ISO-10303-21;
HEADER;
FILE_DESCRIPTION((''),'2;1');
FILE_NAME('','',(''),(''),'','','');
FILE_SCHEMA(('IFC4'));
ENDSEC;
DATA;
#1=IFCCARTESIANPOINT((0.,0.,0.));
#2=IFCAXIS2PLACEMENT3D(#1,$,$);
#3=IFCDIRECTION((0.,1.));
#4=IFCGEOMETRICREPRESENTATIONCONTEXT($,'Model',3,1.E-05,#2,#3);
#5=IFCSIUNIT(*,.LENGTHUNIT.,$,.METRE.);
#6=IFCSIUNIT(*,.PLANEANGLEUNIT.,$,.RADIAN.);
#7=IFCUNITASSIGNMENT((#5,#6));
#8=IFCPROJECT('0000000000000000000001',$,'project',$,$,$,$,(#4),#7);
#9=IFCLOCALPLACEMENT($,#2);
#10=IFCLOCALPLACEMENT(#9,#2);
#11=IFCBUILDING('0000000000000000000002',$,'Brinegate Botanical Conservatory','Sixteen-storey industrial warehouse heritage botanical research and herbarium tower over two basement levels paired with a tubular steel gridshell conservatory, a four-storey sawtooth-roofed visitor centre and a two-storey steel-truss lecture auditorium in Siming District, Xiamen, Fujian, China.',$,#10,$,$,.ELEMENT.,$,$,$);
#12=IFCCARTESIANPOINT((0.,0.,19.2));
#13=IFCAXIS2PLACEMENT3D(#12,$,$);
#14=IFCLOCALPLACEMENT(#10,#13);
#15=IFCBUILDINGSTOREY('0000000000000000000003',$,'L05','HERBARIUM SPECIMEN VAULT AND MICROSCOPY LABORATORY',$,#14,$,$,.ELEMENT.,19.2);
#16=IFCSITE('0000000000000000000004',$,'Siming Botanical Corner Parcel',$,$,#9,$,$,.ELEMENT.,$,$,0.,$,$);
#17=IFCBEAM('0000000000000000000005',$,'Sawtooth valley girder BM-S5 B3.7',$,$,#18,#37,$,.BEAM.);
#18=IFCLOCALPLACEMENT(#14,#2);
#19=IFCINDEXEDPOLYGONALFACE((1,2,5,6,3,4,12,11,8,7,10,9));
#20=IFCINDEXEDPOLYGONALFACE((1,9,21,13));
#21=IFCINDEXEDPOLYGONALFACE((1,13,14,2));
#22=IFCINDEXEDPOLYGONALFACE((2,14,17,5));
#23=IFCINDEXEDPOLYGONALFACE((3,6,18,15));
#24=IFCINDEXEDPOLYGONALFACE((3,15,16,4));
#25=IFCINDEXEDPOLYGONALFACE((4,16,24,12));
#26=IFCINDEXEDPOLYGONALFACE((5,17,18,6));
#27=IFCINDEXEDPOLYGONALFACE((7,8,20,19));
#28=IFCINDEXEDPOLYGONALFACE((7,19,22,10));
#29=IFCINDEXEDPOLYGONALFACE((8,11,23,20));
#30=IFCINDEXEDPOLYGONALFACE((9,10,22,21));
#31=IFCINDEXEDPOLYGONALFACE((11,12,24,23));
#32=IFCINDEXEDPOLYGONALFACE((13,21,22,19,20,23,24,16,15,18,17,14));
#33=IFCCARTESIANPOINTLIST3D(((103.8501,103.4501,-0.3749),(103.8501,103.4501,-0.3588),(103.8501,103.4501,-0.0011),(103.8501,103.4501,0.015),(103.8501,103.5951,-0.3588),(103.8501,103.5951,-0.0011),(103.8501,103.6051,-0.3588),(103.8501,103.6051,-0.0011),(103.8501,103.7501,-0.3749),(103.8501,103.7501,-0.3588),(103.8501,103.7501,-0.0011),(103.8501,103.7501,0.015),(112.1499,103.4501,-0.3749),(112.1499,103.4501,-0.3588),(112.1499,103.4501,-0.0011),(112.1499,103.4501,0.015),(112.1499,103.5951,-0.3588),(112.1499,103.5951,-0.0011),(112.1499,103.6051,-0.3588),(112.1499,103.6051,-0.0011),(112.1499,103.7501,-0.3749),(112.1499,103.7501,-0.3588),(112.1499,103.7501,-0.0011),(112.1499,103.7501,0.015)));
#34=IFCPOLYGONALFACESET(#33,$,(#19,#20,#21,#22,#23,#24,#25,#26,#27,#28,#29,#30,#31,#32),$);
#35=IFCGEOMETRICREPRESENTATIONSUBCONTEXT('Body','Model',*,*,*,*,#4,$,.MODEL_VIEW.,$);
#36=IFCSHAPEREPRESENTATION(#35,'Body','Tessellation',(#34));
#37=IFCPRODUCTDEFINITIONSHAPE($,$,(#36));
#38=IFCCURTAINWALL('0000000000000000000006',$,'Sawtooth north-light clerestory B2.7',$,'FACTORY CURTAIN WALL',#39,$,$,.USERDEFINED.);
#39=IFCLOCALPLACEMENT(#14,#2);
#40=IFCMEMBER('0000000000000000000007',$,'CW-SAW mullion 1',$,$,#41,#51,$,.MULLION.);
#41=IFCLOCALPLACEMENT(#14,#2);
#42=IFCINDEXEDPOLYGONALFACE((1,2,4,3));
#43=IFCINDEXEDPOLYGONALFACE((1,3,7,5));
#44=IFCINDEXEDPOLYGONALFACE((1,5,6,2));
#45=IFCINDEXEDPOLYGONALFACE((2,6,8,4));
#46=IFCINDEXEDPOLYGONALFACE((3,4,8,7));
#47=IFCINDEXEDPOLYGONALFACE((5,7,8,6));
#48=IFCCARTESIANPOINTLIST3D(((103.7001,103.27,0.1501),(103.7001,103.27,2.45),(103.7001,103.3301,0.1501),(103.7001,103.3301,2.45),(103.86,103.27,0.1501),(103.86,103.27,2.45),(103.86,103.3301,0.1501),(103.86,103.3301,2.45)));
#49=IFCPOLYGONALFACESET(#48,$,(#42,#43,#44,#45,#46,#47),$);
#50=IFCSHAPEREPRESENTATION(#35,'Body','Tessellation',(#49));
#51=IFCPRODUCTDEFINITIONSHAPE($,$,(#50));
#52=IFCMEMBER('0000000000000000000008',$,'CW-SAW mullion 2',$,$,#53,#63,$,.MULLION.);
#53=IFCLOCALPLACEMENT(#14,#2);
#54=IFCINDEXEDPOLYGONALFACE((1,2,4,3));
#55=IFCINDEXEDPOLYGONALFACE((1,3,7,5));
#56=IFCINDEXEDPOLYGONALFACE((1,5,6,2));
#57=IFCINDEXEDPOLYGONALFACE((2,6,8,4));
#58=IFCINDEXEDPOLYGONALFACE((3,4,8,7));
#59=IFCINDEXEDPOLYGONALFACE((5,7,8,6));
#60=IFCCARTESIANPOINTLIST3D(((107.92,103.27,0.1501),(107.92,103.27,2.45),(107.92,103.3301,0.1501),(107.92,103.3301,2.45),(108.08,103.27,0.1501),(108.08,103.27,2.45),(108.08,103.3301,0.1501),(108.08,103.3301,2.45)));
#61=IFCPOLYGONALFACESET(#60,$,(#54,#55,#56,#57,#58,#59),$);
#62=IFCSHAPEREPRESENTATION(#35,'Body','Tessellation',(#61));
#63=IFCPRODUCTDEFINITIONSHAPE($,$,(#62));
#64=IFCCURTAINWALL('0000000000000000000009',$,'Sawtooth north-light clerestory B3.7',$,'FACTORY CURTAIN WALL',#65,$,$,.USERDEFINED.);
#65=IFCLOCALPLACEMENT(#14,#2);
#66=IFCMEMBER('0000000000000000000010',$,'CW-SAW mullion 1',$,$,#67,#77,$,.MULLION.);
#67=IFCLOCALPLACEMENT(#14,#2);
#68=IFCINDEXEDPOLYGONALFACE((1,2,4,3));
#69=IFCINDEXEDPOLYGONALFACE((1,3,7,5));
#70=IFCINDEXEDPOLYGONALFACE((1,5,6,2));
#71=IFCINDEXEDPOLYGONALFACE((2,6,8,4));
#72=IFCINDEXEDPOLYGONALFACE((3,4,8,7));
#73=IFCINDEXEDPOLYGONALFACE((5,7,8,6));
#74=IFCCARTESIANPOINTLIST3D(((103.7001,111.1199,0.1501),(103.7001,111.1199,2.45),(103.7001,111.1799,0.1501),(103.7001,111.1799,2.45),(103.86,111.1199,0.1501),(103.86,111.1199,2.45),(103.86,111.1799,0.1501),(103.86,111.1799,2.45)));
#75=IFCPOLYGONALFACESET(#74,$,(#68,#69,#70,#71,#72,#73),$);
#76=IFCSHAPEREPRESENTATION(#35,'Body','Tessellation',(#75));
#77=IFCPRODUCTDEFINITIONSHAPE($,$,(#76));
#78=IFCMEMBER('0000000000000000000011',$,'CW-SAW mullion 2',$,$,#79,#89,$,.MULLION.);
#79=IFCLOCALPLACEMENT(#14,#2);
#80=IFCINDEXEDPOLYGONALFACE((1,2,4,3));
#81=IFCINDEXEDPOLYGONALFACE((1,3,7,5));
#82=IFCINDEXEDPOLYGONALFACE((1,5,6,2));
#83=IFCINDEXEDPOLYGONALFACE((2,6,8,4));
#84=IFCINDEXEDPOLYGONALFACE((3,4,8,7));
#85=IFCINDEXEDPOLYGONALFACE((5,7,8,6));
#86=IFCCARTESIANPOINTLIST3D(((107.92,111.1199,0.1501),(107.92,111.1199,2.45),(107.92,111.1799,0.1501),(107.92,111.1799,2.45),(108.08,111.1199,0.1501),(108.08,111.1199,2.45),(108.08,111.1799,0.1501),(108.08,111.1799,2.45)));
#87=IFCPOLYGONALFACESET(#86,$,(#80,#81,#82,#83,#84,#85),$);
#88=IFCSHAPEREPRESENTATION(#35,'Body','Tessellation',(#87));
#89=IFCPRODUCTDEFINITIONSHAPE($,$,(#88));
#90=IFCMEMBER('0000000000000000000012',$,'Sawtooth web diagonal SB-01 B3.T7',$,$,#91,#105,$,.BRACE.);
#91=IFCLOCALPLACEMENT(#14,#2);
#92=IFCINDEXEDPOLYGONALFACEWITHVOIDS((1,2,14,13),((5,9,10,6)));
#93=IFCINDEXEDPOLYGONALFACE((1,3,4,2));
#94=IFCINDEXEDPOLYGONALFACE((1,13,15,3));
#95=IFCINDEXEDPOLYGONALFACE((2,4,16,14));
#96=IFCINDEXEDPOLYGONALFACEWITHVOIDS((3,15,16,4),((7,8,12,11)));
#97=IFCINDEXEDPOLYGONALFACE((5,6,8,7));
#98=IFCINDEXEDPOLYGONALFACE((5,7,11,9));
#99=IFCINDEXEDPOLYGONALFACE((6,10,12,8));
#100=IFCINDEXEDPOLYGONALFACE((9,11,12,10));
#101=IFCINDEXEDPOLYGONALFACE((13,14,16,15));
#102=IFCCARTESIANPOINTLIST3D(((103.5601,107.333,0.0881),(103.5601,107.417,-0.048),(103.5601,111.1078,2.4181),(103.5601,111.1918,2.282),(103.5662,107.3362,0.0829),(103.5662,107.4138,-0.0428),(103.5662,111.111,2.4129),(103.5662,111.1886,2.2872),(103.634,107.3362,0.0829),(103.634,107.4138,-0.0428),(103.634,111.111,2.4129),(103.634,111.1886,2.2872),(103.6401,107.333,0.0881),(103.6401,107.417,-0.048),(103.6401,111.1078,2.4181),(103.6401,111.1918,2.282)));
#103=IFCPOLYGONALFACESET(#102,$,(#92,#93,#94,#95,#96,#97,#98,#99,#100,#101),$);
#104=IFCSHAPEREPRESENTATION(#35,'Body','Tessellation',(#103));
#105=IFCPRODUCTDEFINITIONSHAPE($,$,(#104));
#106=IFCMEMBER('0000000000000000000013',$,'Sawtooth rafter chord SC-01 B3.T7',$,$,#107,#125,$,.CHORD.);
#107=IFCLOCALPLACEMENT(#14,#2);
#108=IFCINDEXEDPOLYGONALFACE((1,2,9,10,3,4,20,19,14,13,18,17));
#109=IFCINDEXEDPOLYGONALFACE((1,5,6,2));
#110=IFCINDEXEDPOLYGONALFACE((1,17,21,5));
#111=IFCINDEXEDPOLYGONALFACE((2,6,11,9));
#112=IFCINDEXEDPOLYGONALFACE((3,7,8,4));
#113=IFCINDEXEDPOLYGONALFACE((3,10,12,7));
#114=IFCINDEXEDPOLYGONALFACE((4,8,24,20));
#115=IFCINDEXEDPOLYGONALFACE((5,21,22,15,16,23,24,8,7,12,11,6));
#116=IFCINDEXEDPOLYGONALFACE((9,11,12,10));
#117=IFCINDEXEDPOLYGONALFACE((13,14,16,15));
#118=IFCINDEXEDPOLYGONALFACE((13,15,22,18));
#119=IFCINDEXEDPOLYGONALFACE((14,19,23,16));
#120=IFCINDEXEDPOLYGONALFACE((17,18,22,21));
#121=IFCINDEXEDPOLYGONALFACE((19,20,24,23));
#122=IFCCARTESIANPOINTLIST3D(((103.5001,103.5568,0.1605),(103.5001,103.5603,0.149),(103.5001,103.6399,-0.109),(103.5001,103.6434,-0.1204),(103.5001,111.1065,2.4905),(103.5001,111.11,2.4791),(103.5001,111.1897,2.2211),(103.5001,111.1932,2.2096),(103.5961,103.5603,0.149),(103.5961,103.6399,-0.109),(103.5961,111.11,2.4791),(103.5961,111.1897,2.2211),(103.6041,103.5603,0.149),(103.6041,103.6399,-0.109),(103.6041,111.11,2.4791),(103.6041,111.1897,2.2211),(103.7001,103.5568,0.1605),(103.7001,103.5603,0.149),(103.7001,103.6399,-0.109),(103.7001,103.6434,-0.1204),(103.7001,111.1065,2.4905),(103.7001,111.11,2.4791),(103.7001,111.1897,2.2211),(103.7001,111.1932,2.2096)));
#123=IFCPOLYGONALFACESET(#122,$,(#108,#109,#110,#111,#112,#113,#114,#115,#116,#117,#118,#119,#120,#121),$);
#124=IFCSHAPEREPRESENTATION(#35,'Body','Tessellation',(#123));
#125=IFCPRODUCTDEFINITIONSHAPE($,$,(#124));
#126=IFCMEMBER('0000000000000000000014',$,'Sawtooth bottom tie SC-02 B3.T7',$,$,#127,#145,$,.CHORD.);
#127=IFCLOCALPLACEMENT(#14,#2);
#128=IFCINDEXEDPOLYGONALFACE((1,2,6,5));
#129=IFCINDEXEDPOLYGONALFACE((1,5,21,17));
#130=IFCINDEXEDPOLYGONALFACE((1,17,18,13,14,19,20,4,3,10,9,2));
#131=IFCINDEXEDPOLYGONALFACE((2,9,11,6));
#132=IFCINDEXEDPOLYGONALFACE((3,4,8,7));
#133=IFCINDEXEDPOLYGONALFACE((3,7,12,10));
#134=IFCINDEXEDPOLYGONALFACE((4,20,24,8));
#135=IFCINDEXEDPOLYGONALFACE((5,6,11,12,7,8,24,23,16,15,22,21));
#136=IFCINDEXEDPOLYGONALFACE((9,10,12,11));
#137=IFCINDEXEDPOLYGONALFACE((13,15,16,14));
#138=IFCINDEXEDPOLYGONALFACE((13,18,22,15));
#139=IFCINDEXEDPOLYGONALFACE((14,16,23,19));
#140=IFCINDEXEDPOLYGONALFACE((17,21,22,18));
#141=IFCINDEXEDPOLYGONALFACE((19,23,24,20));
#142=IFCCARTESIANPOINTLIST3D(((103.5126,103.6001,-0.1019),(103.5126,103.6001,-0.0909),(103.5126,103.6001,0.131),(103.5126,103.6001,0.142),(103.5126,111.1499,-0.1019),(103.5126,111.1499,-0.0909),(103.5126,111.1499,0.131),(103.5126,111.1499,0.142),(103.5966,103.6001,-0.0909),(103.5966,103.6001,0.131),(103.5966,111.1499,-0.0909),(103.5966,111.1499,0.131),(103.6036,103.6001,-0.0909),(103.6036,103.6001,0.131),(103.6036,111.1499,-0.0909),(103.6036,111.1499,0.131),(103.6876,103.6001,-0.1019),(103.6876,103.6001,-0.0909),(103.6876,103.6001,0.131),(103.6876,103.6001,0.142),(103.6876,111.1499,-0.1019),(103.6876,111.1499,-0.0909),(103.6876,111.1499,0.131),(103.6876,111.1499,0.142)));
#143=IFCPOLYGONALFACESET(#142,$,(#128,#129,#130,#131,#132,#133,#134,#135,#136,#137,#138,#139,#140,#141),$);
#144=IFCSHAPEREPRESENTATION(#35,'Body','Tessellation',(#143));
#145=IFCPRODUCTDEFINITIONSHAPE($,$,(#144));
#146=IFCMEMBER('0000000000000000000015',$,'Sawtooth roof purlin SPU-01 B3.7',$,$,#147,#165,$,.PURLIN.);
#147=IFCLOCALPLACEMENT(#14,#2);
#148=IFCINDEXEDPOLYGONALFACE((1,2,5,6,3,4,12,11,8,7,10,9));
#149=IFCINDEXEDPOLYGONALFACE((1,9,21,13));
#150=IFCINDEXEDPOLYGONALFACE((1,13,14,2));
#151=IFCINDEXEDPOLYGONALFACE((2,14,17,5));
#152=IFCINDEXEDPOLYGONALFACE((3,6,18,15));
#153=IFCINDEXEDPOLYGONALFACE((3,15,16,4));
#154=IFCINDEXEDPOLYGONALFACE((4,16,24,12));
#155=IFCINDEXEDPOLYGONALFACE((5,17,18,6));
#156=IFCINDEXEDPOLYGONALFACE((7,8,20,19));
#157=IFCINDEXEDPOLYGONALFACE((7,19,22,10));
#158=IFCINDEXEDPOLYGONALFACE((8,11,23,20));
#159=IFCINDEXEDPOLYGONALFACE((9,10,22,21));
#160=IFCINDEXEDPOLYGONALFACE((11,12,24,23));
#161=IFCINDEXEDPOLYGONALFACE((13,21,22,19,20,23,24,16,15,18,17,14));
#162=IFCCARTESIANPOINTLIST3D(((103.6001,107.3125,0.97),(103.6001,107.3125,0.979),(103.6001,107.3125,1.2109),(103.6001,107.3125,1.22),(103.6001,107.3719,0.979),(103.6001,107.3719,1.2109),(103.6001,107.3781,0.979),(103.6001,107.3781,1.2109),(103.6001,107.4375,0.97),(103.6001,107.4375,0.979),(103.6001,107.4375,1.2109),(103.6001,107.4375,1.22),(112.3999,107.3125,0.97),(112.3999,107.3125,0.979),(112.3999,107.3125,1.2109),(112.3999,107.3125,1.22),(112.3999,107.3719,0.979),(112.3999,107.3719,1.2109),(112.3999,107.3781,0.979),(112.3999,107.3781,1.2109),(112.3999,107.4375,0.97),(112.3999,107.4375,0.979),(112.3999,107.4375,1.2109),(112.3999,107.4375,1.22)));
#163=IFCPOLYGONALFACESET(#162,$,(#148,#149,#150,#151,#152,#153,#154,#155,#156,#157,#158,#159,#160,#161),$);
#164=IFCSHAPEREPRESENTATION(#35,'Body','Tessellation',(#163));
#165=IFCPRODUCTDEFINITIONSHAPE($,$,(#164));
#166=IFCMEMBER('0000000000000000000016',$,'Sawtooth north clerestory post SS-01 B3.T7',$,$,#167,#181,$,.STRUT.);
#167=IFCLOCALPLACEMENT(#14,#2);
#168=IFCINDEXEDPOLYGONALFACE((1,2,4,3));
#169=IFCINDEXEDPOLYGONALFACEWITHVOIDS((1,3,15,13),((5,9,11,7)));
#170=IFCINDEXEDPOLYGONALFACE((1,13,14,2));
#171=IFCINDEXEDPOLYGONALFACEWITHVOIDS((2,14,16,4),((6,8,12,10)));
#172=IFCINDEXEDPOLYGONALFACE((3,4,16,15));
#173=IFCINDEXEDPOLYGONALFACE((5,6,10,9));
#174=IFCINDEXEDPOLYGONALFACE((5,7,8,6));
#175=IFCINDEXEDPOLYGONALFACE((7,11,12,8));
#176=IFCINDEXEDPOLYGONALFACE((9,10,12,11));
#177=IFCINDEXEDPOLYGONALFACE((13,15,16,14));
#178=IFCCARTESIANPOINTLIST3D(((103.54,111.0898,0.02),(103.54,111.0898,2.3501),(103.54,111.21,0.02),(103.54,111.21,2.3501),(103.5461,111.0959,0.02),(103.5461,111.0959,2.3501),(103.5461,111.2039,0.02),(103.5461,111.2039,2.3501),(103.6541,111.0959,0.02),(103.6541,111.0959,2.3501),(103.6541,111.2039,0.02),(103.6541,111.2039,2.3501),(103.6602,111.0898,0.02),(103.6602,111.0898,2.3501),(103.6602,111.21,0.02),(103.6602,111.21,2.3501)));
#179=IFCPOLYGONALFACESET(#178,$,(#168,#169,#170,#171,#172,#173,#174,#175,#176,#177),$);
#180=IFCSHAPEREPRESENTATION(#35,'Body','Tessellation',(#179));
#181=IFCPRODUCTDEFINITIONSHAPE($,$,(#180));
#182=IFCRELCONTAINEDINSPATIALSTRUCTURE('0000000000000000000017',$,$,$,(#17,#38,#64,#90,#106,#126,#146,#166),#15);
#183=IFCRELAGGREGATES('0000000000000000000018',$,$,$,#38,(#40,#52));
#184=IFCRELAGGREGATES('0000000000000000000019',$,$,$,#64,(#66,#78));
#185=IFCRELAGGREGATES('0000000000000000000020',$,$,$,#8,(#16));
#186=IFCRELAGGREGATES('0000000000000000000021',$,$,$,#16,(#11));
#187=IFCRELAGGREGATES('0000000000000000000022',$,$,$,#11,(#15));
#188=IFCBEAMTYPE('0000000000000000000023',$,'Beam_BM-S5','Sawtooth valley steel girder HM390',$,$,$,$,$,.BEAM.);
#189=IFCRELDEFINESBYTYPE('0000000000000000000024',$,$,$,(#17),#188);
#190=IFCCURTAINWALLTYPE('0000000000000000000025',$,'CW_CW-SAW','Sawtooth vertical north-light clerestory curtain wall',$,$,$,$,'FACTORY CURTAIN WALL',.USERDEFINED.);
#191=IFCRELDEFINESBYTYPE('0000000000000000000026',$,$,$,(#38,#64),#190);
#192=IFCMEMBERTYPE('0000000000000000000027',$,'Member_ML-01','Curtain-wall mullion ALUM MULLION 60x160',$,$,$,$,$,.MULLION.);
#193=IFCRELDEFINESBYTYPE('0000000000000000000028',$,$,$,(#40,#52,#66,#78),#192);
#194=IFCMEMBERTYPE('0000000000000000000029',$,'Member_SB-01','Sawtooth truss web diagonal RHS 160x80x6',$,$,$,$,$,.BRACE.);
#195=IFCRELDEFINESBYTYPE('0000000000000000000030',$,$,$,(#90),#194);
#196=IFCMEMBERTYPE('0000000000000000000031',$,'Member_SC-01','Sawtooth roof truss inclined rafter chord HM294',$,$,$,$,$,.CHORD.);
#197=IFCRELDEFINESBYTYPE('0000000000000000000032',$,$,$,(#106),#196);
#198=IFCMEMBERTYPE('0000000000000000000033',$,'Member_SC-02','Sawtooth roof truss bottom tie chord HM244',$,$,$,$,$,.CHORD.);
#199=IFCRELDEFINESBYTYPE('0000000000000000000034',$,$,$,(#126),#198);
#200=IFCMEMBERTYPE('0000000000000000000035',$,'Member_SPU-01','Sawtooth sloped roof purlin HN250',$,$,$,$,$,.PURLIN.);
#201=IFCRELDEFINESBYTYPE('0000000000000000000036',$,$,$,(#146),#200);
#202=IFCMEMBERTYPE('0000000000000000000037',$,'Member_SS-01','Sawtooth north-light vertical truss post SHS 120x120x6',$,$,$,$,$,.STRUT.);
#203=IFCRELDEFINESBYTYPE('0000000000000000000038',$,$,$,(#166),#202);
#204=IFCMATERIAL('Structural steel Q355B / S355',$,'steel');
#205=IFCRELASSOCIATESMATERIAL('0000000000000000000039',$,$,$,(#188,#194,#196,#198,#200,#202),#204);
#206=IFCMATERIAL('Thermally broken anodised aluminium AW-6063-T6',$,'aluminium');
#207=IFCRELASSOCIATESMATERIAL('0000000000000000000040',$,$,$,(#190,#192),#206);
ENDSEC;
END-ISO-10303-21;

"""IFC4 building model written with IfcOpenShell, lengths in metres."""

from ifc_helpers import new_model, si_unit, direction, frame, origin, origin_2d, place, context, subcontext, project, spatial, rectangle, hollow_rectangle, i_section, extrude, material, material_profile, profile_set, type_object, element, aggregate, save


model = new_model("IFC4")

# Units and contexts
model_context = context("Model", 3, precision=1e-05, world=origin(), true_north=direction((0.0, 1.0)))
body_context = subcontext(model_context, "Body", "Model", "MODEL_VIEW")
ifc_project = project(units=[si_unit("LENGTHUNIT", "METRE"), si_unit("PLANEANGLEUNIT", "RADIAN")], contexts=[model_context])

# Site, building, storey
site_placement = place(None, origin())
site = spatial("IfcSite", under=ifc_project, at=site_placement, Name="Siming Botanical Corner Parcel", CompositionType="ELEMENT", RefElevation=0.0)
building_placement = place(site_placement, origin())
building = spatial("IfcBuilding", under=site, at=building_placement, Name="Brinegate Botanical Conservatory", Description="Sixteen-storey industrial warehouse heritage botanical research and herbarium tower over two basement levels paired with a tubular steel gridshell conservatory, a four-storey sawtooth-roofed visitor centre and a two-storey steel-truss lecture auditorium in Siming District, Xiamen, Fujian, China.", CompositionType="ELEMENT")
storey_placement = place(building_placement, frame((0.0, 0.0, 19.2)))
storey = spatial("IfcBuildingStorey", under=building, at=storey_placement, Name="L05", Description="HERBARIUM SPECIMEN VAULT AND MICROSCOPY LABORATORY", CompositionType="ELEMENT", Elevation=19.2)

# Beam
ifc_material_1 = material(Name="Structural steel Q355B / S355", Category="steel")
ifc_material_profile_1 = material_profile(ifc_material_1, i_section(OverallWidth=0.3, OverallDepth=0.3899, WebThickness=0.01, FlangeThickness=0.0161, at=origin_2d()), Name="HM 390x300x10x16")
ifc_profile_set_1 = profile_set([ifc_material_profile_1], Name="Structural steel Q355B / S355")
beam_type = type_object("IfcBeamType", Name="Beam_BM-S5", Description="Sawtooth valley steel girder HM390", PredefinedType="BEAM", material=ifc_profile_set_1)
beam_placement = place(storey_placement, frame((103.8501, 103.6001, -0.1799), z_axis=(1.0, 0.0, 0.0), x_axis=(0.0, 1.0, 0.0)))
element("IfcBeam", 1, at=beam_placement, inside=storey, type_object=beam_type, Name="Sawtooth valley girder BM-S5 B3.7", PredefinedType="BEAM", context=body_context, shape_type="SweptSolid", body=[
    extrude(i_section(OverallWidth=0.3, OverallDepth=0.3899, WebThickness=0.01, FlangeThickness=0.0161, at=origin_2d()), origin(), (0.0, 0.0, 1.0), 8.2998),
])

# Curtain walls, members
ifc_material_2 = material(Name="Thermally broken anodised aluminium AW-6063-T6", Category="aluminium")
curtain_wall_type = type_object("IfcCurtainWallType", Name="CW_CW-SAW", Description="Sawtooth vertical north-light clerestory curtain wall", ElementType="FACTORY CURTAIN WALL", PredefinedType="USERDEFINED", material=ifc_material_2)
curtain_wall_1_placement = place(storey_placement, origin())
curtain_wall_1 = element("IfcCurtainWall", 2, at=curtain_wall_1_placement, inside=storey, type_object=curtain_wall_type, Name="Sawtooth north-light clerestory B2.7", ObjectType="FACTORY CURTAIN WALL", PredefinedType="USERDEFINED")
ifc_material_profile_2 = material_profile(ifc_material_2, rectangle(XDim=0.0601, YDim=0.1599, at=origin_2d()), Name="ALUM MULLION 60x160")
ifc_profile_set_2 = profile_set([ifc_material_profile_2], Name="Thermally broken anodised aluminium AW-6063-T6")
member_type_1 = type_object("IfcMemberType", Name="Member_ML-01", Description="Curtain-wall mullion ALUM MULLION 60x160", PredefinedType="MULLION", material=ifc_profile_set_2)
member_1_placement = place(storey_placement, frame((103.78, 103.3, 0.1501), z_axis=(0.0, 0.0, 1.0), x_axis=(0.0, 1.0, 0.0)))
member_1 = element("IfcMember", 3, at=member_1_placement, type_object=member_type_1, Name="CW-SAW mullion 1", PredefinedType="MULLION", context=body_context, shape_type="SweptSolid", body=[
    extrude(rectangle(XDim=0.0601, YDim=0.1599, at=origin_2d()), origin(), (0.0, 0.0, 1.0), 2.2998),
])
member_2_placement = place(storey_placement, frame((108.0, 103.3, 0.1501), z_axis=(0.0, 0.0, 1.0), x_axis=(0.0, 1.0, 0.0)))
member_2 = element("IfcMember", 4, at=member_2_placement, type_object=member_type_1, Name="CW-SAW mullion 2", PredefinedType="MULLION", context=body_context, shape_type="SweptSolid", body=[
    extrude(rectangle(XDim=0.0601, YDim=0.1599, at=origin_2d()), origin(), (0.0, 0.0, 1.0), 2.2998),
])
curtain_wall_2_placement = place(storey_placement, origin())
curtain_wall_2 = element("IfcCurtainWall", 5, at=curtain_wall_2_placement, inside=storey, type_object=curtain_wall_type, Name="Sawtooth north-light clerestory B3.7", ObjectType="FACTORY CURTAIN WALL", PredefinedType="USERDEFINED")
member_3_placement = place(storey_placement, frame((103.78, 111.1499, 0.1501), z_axis=(0.0, 0.0, 1.0), x_axis=(0.0, 1.0, 0.0)))
member_3 = element("IfcMember", 6, at=member_3_placement, type_object=member_type_1, Name="CW-SAW mullion 1", PredefinedType="MULLION", context=body_context, shape_type="SweptSolid", body=[
    extrude(rectangle(XDim=0.0601, YDim=0.1599, at=origin_2d()), origin(), (0.0, 0.0, 1.0), 2.2998),
])
member_4_placement = place(storey_placement, frame((108.0, 111.1499, 0.1501), z_axis=(0.0, 0.0, 1.0), x_axis=(0.0, 1.0, 0.0)))
member_4 = element("IfcMember", 7, at=member_4_placement, type_object=member_type_1, Name="CW-SAW mullion 2", PredefinedType="MULLION", context=body_context, shape_type="SweptSolid", body=[
    extrude(rectangle(XDim=0.0601, YDim=0.1599, at=origin_2d()), origin(), (0.0, 0.0, 1.0), 2.2998),
])

# Members
ifc_material_profile_3 = material_profile(ifc_material_1, hollow_rectangle(XDim=0.0801, YDim=0.1599, WallThickness=0.0061, at=origin_2d()), Name="RHS 160x80x6")
ifc_profile_set_3 = profile_set([ifc_material_profile_3], Name="Structural steel Q355B / S355")
member_type_2 = type_object("IfcMemberType", Name="Member_SB-01", Description="Sawtooth truss web diagonal RHS 160x80x6", PredefinedType="BRACE", material=ifc_profile_set_3)
member_5_placement = place(storey_placement, frame((103.6001, 107.375, 0.02), z_axis=(0.0, 0.850947, 0.525251), x_axis=(-1.0, 0.0, 0.0)))
element("IfcMember", 8, at=member_5_placement, inside=storey, type_object=member_type_2, Name="Sawtooth web diagonal SB-01 B3.T7", PredefinedType="BRACE", context=body_context, shape_type="SweptSolid", body=[
    extrude(hollow_rectangle(XDim=0.0801, YDim=0.1599, WallThickness=0.0061, at=origin_2d()), origin(), (0.0, 0.0, 1.0), 4.436),
])
ifc_material_profile_4 = material_profile(ifc_material_1, i_section(OverallWidth=0.2, OverallDepth=0.2939, WebThickness=0.0081, FlangeThickness=0.012, at=origin_2d()), Name="HM 294x200x8x12")
ifc_profile_set_4 = profile_set([ifc_material_profile_4], Name="Structural steel Q355B / S355")
member_type_3 = type_object("IfcMemberType", Name="Member_SC-01", Description="Sawtooth roof truss inclined rafter chord HM294", PredefinedType="CHORD", material=ifc_profile_set_4)
member_6_placement = place(storey_placement, frame((103.6001, 103.6001, 0.02), z_axis=(0.0, 0.955527, 0.294902), x_axis=(-1.0, 0.0, 0.0)))
element("IfcMember", 9, at=member_6_placement, inside=storey, type_object=member_type_3, Name="Sawtooth rafter chord SC-01 B3.T7", PredefinedType="CHORD", context=body_context, shape_type="SweptSolid", body=[
    extrude(i_section(OverallWidth=0.2, OverallDepth=0.2939, WebThickness=0.0081, FlangeThickness=0.012, at=origin_2d()), origin(), (0.0, 0.0, 1.0), 7.9011),
])
ifc_material_profile_5 = material_profile(ifc_material_1, i_section(OverallWidth=0.175, OverallDepth=0.2439, WebThickness=0.0071, FlangeThickness=0.011, at=origin_2d()), Name="HM 244x175x7x11")
ifc_profile_set_5 = profile_set([ifc_material_profile_5], Name="Structural steel Q355B / S355")
member_type_4 = type_object("IfcMemberType", Name="Member_SC-02", Description="Sawtooth roof truss bottom tie chord HM244", PredefinedType="CHORD", material=ifc_profile_set_5)
member_7_placement = place(storey_placement, frame((103.6001, 103.6001, 0.02), z_axis=(0.0, 1.0, 0.0), x_axis=(-1.0, 0.0, 0.0)))
element("IfcMember", 10, at=member_7_placement, inside=storey, type_object=member_type_4, Name="Sawtooth bottom tie SC-02 B3.T7", PredefinedType="CHORD", context=body_context, shape_type="SweptSolid", body=[
    extrude(i_section(OverallWidth=0.175, OverallDepth=0.2439, WebThickness=0.0071, FlangeThickness=0.011, at=origin_2d()), origin(), (0.0, 0.0, 1.0), 7.5498),
])
ifc_material_profile_6 = material_profile(ifc_material_1, i_section(OverallWidth=0.125, OverallDepth=0.25, WebThickness=0.0061, FlangeThickness=0.009, at=origin_2d()), Name="HN 250x125x6x9")
ifc_profile_set_6 = profile_set([ifc_material_profile_6], Name="Structural steel Q355B / S355")
member_type_5 = type_object("IfcMemberType", Name="Member_SPU-01", Description="Sawtooth sloped roof purlin HN250", PredefinedType="PURLIN", material=ifc_profile_set_6)
member_8_placement = place(storey_placement, frame((103.6001, 107.375, 1.095), z_axis=(1.0, 0.0, 0.0), x_axis=(0.0, 1.0, 0.0)))
element("IfcMember", 11, at=member_8_placement, inside=storey, type_object=member_type_5, Name="Sawtooth roof purlin SPU-01 B3.7", PredefinedType="PURLIN", context=body_context, shape_type="SweptSolid", body=[
    extrude(i_section(OverallWidth=0.125, OverallDepth=0.25, WebThickness=0.0061, FlangeThickness=0.009, at=origin_2d()), origin(), (0.0, 0.0, 1.0), 8.7998),
])
ifc_material_profile_7 = material_profile(ifc_material_1, hollow_rectangle(XDim=0.1201, YDim=0.1201, WallThickness=0.0061, at=origin_2d()), Name="SHS 120x120x6")
ifc_profile_set_7 = profile_set([ifc_material_profile_7], Name="Structural steel Q355B / S355")
member_type_6 = type_object("IfcMemberType", Name="Member_SS-01", Description="Sawtooth north-light vertical truss post SHS 120x120x6", PredefinedType="STRUT", material=ifc_profile_set_7)
member_9_placement = place(storey_placement, frame((103.6001, 111.1499, 0.02), z_axis=(0.0, 0.0, 1.0), x_axis=(1.0, 0.0, 0.0)))
element("IfcMember", 12, at=member_9_placement, inside=storey, type_object=member_type_6, Name="Sawtooth north clerestory post SS-01 B3.T7", PredefinedType="STRUT", context=body_context, shape_type="SweptSolid", body=[
    extrude(hollow_rectangle(XDim=0.1201, YDim=0.1201, WallThickness=0.0061, at=origin_2d()), origin(), (0.0, 0.0, 1.0), 2.3301),
])

aggregate(curtain_wall_1, [member_1, member_2])
aggregate(curtain_wall_2, [member_3, member_4])

save(model, "model.ifc")
